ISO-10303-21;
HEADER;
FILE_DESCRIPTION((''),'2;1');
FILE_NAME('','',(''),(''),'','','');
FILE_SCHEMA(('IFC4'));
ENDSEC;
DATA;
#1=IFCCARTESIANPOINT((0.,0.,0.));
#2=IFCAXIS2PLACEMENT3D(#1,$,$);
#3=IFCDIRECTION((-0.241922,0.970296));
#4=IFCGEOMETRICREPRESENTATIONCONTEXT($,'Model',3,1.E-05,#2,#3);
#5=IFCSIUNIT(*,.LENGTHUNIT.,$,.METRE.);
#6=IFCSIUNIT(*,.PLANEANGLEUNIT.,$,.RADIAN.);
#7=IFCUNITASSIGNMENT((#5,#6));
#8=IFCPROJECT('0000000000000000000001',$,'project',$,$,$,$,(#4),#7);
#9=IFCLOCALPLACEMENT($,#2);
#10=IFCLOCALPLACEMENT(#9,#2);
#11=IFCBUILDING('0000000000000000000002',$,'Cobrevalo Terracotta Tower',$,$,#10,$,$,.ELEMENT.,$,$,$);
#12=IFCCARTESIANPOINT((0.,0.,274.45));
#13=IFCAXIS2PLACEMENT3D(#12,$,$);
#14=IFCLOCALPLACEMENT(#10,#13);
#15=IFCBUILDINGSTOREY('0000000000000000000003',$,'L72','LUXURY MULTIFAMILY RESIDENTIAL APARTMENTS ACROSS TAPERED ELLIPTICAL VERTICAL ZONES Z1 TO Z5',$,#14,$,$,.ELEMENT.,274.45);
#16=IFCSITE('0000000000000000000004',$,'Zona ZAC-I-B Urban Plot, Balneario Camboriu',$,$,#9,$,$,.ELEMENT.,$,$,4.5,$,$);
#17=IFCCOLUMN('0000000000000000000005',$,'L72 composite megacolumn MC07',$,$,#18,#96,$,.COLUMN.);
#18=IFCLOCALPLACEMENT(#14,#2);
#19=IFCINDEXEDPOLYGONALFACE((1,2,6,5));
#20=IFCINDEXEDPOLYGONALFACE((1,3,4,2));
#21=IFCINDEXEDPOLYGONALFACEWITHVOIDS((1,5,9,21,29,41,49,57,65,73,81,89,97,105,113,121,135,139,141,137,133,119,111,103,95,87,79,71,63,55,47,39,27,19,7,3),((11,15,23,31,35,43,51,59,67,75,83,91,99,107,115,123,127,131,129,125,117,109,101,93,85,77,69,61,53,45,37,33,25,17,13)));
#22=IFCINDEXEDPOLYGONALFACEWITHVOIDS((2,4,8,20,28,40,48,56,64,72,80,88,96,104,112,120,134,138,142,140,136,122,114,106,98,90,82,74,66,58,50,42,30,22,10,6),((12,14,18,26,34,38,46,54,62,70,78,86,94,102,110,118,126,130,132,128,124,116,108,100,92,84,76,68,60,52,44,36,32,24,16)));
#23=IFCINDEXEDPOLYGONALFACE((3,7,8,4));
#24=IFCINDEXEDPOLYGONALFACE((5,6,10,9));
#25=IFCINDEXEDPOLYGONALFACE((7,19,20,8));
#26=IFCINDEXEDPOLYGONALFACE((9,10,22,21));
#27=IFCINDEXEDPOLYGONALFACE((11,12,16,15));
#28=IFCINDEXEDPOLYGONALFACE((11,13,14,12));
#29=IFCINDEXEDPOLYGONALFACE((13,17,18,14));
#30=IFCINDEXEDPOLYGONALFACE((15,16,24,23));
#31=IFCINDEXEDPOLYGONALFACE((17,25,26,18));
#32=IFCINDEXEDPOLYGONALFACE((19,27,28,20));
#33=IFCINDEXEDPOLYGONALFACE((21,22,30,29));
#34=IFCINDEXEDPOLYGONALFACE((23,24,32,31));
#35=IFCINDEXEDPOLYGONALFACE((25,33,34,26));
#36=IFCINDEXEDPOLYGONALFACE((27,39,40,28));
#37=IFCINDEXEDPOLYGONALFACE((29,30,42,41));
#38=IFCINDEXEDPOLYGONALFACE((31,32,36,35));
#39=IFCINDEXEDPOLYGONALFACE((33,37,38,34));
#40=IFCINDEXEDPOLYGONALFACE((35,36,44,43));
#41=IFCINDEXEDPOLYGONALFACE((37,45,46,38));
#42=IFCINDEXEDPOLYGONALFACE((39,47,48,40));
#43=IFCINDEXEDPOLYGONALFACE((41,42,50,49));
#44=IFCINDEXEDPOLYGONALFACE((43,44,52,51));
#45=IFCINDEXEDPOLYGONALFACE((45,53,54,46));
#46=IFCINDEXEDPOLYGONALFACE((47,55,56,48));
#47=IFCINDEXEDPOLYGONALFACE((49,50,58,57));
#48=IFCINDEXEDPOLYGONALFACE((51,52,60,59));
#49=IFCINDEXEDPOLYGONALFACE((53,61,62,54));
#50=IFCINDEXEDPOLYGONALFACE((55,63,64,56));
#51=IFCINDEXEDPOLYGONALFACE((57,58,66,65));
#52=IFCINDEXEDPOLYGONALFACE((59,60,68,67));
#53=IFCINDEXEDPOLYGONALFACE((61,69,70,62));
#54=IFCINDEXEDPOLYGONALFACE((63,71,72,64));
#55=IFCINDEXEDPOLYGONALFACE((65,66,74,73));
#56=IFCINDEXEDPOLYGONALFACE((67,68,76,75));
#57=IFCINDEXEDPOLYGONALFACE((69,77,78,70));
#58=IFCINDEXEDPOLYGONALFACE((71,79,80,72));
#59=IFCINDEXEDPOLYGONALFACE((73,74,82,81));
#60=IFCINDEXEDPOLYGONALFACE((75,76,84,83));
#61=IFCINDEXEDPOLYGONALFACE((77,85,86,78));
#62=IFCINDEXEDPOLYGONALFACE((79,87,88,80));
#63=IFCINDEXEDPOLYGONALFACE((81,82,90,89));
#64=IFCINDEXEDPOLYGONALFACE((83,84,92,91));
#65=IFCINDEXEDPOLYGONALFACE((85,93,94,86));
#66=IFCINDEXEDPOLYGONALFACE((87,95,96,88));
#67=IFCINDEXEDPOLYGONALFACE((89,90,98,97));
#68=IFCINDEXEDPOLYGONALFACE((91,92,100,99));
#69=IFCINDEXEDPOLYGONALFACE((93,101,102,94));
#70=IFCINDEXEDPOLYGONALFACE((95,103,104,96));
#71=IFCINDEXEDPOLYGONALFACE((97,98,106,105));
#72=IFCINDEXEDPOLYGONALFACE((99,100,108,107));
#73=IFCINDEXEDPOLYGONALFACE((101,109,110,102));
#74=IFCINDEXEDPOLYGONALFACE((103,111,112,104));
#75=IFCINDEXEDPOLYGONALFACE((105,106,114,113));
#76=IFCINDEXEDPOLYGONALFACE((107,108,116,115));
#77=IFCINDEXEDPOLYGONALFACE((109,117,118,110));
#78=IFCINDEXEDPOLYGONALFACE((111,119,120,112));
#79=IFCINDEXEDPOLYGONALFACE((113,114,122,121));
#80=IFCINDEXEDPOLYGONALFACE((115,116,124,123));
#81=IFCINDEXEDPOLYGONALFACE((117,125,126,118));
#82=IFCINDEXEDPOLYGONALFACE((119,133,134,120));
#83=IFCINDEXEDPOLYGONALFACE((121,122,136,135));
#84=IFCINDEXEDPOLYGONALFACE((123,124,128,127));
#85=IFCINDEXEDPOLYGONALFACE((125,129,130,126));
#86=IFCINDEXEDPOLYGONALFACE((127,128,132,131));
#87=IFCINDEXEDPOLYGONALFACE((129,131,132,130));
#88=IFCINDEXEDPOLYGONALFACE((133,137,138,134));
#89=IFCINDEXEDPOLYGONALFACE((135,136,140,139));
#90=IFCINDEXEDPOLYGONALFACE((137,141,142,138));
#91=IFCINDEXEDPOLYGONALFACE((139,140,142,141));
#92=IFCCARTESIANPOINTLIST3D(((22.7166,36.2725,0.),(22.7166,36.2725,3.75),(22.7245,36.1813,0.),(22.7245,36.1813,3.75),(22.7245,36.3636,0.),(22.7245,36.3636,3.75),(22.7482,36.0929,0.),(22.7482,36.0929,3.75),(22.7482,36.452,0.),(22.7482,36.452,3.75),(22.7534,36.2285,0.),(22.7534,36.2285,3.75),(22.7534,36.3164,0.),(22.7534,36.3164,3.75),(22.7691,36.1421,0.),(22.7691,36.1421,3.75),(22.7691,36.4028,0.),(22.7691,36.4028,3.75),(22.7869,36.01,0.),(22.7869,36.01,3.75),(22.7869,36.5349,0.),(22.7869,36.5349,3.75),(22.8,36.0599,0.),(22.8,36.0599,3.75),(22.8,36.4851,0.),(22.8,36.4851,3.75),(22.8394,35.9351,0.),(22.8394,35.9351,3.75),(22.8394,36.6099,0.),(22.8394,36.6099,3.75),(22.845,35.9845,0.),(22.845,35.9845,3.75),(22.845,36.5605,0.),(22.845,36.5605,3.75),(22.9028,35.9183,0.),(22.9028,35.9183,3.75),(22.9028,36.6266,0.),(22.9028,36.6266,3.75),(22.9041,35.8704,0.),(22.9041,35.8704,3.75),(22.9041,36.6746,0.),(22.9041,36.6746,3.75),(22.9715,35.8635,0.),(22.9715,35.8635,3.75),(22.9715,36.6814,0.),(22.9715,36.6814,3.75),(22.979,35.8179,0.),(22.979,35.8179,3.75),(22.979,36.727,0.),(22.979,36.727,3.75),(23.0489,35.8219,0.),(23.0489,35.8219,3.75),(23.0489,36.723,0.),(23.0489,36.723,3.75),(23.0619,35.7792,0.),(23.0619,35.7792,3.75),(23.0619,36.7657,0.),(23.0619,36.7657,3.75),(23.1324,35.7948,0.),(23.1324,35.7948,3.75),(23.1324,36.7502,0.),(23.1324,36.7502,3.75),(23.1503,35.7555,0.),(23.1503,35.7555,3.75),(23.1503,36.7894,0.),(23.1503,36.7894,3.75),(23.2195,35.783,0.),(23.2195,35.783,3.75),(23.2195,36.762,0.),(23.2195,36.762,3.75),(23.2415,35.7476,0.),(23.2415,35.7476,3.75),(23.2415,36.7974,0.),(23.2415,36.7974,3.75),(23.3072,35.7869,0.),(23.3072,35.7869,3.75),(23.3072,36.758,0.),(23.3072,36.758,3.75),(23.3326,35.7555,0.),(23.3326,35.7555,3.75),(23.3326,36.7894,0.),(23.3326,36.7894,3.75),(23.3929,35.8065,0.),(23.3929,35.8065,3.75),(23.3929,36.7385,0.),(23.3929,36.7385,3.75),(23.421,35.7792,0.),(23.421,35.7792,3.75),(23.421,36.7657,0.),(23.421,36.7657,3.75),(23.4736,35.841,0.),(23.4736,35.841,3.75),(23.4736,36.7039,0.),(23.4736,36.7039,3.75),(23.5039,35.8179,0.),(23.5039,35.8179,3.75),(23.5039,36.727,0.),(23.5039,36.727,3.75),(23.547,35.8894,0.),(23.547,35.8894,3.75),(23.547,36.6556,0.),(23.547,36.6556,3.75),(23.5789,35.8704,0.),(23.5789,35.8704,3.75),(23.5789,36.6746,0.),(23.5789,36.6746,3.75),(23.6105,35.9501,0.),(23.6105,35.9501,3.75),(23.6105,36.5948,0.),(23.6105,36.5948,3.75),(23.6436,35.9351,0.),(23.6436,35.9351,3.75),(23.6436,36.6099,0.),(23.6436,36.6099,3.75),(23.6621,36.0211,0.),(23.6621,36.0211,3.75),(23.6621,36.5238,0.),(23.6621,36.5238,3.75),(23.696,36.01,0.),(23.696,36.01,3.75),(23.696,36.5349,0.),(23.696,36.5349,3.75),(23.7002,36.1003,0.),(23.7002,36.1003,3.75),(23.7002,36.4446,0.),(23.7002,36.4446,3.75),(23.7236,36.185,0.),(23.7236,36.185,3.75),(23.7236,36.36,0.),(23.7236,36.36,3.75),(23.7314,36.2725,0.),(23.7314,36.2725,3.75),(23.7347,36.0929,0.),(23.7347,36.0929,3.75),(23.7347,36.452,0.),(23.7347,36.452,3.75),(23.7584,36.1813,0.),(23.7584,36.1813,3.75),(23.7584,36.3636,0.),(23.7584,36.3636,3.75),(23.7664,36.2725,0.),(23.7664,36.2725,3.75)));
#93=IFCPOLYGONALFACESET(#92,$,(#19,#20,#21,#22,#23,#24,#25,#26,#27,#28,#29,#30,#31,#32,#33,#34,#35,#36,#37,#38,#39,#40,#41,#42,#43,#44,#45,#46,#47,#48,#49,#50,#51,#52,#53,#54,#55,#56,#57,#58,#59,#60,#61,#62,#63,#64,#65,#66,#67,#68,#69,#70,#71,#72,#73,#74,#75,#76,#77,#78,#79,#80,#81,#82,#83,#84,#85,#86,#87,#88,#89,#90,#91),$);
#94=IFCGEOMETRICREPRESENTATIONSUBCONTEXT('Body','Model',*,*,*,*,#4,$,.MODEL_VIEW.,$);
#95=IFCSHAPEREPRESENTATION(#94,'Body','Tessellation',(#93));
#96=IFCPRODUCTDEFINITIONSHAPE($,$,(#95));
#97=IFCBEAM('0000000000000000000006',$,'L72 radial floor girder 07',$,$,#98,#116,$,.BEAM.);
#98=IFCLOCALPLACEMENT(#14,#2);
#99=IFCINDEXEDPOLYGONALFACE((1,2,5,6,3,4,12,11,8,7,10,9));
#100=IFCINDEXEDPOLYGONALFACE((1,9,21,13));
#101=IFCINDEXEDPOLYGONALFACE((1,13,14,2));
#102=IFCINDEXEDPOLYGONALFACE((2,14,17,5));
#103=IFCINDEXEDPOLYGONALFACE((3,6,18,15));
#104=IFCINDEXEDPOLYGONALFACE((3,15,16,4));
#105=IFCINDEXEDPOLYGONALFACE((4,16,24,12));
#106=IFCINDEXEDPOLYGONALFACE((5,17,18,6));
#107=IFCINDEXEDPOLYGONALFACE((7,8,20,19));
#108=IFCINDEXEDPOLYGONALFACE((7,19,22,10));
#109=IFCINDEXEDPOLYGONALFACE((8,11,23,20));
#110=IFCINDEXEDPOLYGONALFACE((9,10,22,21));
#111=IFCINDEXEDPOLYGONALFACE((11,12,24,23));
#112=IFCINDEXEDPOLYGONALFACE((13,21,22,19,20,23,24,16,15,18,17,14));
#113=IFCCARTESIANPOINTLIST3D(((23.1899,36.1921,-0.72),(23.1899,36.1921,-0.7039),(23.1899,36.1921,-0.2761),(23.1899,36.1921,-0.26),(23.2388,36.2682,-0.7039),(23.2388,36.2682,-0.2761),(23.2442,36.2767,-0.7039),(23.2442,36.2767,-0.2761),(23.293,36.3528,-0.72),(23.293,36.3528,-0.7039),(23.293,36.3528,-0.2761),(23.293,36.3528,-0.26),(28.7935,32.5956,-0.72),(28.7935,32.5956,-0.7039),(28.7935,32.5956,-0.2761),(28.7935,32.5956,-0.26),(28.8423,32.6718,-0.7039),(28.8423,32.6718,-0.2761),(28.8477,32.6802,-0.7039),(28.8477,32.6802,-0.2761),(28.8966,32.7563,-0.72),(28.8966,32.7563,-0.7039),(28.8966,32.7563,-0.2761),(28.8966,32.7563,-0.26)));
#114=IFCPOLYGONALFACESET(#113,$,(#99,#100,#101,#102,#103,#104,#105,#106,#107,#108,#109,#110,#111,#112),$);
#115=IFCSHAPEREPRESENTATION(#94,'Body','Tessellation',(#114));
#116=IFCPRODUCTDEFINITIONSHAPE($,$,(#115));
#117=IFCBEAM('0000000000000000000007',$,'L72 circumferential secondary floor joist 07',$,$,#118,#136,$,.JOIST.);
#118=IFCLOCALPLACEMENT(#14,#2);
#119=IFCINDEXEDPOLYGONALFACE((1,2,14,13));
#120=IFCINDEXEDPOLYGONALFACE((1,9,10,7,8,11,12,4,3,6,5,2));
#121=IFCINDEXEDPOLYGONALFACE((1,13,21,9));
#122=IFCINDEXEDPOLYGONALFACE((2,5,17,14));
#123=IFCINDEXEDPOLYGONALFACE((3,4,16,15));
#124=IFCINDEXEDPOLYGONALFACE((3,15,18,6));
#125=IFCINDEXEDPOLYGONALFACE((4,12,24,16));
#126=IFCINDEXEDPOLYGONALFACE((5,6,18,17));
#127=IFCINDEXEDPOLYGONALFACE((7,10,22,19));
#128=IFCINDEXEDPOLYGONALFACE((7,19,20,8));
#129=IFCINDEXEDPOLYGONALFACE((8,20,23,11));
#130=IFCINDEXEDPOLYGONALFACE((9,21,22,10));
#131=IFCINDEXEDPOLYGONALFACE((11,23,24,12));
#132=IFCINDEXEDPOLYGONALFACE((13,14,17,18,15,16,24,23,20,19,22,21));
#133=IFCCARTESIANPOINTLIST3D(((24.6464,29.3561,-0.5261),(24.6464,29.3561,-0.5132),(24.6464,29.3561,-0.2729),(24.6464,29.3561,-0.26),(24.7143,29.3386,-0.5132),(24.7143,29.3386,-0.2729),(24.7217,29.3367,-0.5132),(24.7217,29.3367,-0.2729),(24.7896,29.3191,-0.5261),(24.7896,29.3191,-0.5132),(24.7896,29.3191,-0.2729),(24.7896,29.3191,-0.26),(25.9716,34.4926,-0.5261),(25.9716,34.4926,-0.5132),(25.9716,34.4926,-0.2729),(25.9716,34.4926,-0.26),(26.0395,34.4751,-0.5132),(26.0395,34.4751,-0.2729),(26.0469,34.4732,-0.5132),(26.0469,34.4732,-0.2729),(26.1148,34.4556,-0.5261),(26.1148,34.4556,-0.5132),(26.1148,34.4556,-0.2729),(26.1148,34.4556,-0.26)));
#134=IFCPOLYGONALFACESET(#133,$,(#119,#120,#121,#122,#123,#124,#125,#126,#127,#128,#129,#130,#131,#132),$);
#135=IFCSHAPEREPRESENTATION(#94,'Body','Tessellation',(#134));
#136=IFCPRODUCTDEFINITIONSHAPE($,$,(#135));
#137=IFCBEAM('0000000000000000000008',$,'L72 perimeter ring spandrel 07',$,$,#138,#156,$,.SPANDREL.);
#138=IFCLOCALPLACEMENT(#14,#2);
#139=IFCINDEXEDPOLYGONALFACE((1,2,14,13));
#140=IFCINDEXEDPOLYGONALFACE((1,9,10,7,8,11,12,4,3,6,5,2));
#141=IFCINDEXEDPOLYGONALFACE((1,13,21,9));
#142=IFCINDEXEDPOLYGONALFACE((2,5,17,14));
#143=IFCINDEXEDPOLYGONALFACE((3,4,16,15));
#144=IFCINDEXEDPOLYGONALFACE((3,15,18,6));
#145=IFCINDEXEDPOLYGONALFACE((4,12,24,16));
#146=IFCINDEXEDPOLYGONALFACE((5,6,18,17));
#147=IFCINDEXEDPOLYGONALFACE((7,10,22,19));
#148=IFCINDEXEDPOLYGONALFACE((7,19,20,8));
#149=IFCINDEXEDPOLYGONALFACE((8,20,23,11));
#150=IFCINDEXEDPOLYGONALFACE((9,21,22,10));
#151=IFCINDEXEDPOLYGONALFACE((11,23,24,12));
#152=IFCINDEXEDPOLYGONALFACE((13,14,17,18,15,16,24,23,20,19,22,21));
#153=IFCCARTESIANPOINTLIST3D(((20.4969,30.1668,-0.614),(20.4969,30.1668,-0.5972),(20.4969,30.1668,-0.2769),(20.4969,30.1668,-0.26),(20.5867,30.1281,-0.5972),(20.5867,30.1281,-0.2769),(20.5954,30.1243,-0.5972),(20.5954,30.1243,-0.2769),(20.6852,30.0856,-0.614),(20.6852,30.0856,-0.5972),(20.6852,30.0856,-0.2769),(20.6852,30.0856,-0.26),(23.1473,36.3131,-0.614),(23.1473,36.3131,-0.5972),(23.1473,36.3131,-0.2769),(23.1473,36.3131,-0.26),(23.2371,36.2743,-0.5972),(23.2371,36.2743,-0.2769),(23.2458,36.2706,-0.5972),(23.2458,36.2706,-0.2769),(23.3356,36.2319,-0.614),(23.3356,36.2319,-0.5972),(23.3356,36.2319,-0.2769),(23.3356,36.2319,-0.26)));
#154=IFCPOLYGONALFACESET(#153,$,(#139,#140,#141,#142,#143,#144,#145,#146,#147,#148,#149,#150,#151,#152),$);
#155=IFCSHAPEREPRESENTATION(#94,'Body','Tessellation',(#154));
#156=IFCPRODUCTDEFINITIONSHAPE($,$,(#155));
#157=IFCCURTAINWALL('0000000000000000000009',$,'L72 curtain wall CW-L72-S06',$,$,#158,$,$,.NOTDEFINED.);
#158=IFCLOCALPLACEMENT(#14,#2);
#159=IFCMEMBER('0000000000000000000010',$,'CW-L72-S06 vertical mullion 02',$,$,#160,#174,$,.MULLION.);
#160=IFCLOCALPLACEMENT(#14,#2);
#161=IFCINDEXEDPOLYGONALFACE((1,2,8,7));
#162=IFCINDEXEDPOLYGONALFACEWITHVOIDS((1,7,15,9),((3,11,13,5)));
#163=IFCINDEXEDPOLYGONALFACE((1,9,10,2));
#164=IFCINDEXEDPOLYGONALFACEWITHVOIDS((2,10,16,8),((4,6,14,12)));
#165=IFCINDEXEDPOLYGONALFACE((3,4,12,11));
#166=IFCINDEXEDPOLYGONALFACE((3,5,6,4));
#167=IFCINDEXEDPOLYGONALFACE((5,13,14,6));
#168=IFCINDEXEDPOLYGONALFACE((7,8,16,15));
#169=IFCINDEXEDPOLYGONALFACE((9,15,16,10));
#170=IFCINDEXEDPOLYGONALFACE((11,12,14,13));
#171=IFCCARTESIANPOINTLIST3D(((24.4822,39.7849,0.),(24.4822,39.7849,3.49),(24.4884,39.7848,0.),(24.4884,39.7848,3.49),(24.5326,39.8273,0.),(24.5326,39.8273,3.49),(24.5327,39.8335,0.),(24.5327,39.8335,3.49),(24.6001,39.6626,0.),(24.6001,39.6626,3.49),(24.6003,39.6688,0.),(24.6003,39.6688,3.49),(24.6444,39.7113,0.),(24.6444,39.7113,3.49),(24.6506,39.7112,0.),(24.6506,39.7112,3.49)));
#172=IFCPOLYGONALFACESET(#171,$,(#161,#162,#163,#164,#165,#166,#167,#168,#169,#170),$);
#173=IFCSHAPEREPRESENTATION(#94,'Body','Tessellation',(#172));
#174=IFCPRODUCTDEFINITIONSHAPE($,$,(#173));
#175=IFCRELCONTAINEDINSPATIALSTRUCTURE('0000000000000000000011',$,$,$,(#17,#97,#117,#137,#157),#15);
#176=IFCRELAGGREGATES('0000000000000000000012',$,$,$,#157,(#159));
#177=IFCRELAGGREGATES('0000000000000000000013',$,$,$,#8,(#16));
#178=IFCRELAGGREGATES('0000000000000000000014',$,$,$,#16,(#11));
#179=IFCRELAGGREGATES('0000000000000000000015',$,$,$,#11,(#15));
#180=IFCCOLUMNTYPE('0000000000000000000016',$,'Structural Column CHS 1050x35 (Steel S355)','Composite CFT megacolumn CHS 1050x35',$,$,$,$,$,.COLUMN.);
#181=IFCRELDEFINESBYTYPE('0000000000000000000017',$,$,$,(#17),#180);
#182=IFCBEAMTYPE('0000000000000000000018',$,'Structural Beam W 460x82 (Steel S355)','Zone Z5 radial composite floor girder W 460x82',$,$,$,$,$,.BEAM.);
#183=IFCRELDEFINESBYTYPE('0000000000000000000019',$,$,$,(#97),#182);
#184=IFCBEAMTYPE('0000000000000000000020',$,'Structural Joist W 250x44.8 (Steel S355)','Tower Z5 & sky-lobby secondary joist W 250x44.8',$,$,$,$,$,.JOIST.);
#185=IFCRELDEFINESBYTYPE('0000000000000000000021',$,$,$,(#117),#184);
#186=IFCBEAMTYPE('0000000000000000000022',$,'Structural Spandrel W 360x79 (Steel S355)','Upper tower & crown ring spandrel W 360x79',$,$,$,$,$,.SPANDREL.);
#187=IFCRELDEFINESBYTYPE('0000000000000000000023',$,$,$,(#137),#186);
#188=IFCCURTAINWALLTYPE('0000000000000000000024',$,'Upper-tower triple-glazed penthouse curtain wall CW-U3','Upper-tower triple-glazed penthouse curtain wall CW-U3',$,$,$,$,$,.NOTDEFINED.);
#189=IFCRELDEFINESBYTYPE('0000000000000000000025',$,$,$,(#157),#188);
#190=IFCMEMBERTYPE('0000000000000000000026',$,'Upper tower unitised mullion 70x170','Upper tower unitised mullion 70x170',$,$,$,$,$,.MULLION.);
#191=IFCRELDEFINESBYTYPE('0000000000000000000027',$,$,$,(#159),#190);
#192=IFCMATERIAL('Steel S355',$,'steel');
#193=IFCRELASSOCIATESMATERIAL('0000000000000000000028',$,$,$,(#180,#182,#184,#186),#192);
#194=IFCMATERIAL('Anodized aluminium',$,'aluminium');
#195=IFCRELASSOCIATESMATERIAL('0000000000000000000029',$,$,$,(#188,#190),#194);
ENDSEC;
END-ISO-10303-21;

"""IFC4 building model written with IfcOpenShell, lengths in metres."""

from ifc_helpers import new_model, si_unit, direction, frame, origin, origin_2d, place, context, subcontext, project, spatial, hollow_rectangle, hollow_circle, i_section, extrude, source, transform, mapped, material, material_profile, profile_set, type_object, element, aggregate, save


model = new_model("IFC4")

# Units and contexts
model_context = context("Model", 3, precision=1e-05, world=origin(), true_north=direction((-0.241922, 0.970296)))
body_context = subcontext(model_context, "Body", "Model", "MODEL_VIEW")
ifc_project = project(units=[si_unit("LENGTHUNIT", "METRE"), si_unit("PLANEANGLEUNIT", "RADIAN")], contexts=[model_context])

# Site, building, storey
site_placement = place(None, origin())
site = spatial("IfcSite", under=ifc_project, at=site_placement, Name="Zona ZAC-I-B Urban Plot, Balneario Camboriu", CompositionType="ELEMENT", RefElevation=4.5)
building_placement = place(site_placement, origin())
building = spatial("IfcBuilding", under=site, at=building_placement, Name="Cobrevalo Terracotta Tower", CompositionType="ELEMENT")
storey_placement = place(building_placement, frame((0.0, 0.0, 274.45)))
storey = spatial("IfcBuildingStorey", under=building, at=storey_placement, Name="L72", Description="LUXURY MULTIFAMILY RESIDENTIAL APARTMENTS ACROSS TAPERED ELLIPTICAL VERTICAL ZONES Z1 TO Z5", CompositionType="ELEMENT", Elevation=274.45)

# Column
ifc_material_1 = material(Name="Steel S355", Category="steel")
ifc_material_profile_1 = material_profile(ifc_material_1, hollow_circle(Radius=0.5249, WallThickness=0.0349, at=origin_2d()), Name="CHS 1050x35")
ifc_profile_set_1 = profile_set([ifc_material_profile_1], Name="Steel S355")
column_type = type_object("IfcColumnType", Name="Structural Column CHS 1050x35 (Steel S355)", Description="Composite CFT megacolumn CHS 1050x35", PredefinedType="COLUMN", material=ifc_profile_set_1)
column_placement = place(storey_placement, frame((23.2415, 36.2725, 0.0), z_axis=(0.0, 0.0, 1.0), x_axis=(1.0, 0.0, 0.0)))
element("IfcColumn", 1, at=column_placement, inside=storey, type_object=column_type, Name="L72 composite megacolumn MC07", PredefinedType="COLUMN", context=body_context, shape_type="SweptSolid", body=[
    extrude(hollow_circle(Radius=0.5249, WallThickness=0.0349, at=origin_2d()), origin(), (0.0, 0.0, 1.0), 3.75),
])

# Beams
ifc_material_profile_2 = material_profile(ifc_material_1, i_section(OverallWidth=0.1909, OverallDepth=0.46, WebThickness=0.01, FlangeThickness=0.0161, at=origin_2d()), Name="W 460x82")
ifc_profile_set_2 = profile_set([ifc_material_profile_2], Name="Steel S355")
beam_type_1 = type_object("IfcBeamType", Name="Structural Beam W 460x82 (Steel S355)", Description="Zone Z5 radial composite floor girder W 460x82", PredefinedType="BEAM", material=ifc_profile_set_2)
beam_1_placement = place(storey_placement, frame((23.2415, 36.2725, -0.49), z_axis=(0.841576, -0.540138, 0.0), x_axis=(0.540138, 0.841576, 0.0)))
element("IfcBeam", 2, at=beam_1_placement, inside=storey, type_object=beam_type_1, Name="L72 radial floor girder 07", PredefinedType="BEAM", context=body_context, shape_type="SweptSolid", body=[
    extrude(i_section(OverallWidth=0.1909, OverallDepth=0.46, WebThickness=0.01, FlangeThickness=0.0161, at=origin_2d()), origin(), (0.0, 0.0, 1.0), 6.6584),
])
ifc_material_profile_3 = material_profile(ifc_material_1, i_section(OverallWidth=0.1479, OverallDepth=0.2661, WebThickness=0.0076, FlangeThickness=0.0129, at=origin_2d()), Name="W 250x44.8")
ifc_profile_set_3 = profile_set([ifc_material_profile_3], Name="Steel S355")
beam_type_2 = type_object("IfcBeamType", Name="Structural Joist W 250x44.8 (Steel S355)", Description="Tower Z5 & sky-lobby secondary joist W 250x44.8", PredefinedType="JOIST", material=ifc_profile_set_3)
beam_2_placement = place(storey_placement, frame((26.0432, 34.4741, -0.3931), z_axis=(-0.249817, -0.968293, 0.0), x_axis=(0.968293, -0.249817, 0.0)))
element("IfcBeam", 3, at=beam_2_placement, inside=storey, type_object=beam_type_2, Name="L72 circumferential secondary floor joist 07", PredefinedType="JOIST", context=body_context, shape_type="SweptSolid", body=[
    extrude(i_section(OverallWidth=0.1479, OverallDepth=0.2661, WebThickness=0.0076, FlangeThickness=0.0129, at=origin_2d()), origin(), (0.0, 0.0, 1.0), 5.3047),
])
ifc_material_profile_4 = material_profile(ifc_material_1, i_section(OverallWidth=0.2051, OverallDepth=0.354, WebThickness=0.0095, FlangeThickness=0.0168, at=origin_2d()), Name="W 360x79")
ifc_profile_set_4 = profile_set([ifc_material_profile_4], Name="Steel S355")
beam_type_3 = type_object("IfcBeamType", Name="Structural Spandrel W 360x79 (Steel S355)", Description="Upper tower & crown ring spandrel W 360x79", PredefinedType="SPANDREL", material=ifc_profile_set_4)
beam_3_placement = place(storey_placement, frame((23.2415, 36.2725, -0.437), z_axis=(-0.395974, -0.918262, 0.0), x_axis=(0.918262, -0.395974, 0.0)))
element("IfcBeam", 4, at=beam_3_placement, inside=storey, type_object=beam_type_3, Name="L72 perimeter ring spandrel 07", PredefinedType="SPANDREL", context=body_context, shape_type="SweptSolid", body=[
    extrude(i_section(OverallWidth=0.2051, OverallDepth=0.354, WebThickness=0.0095, FlangeThickness=0.0168, at=origin_2d()), origin(), (0.0, 0.0, 1.0), 6.6934),
])

# Curtain wall, member
ifc_material_2 = material(Name="Anodized aluminium", Category="aluminium")
curtain_wall_type = type_object("IfcCurtainWallType", Name="Upper-tower triple-glazed penthouse curtain wall CW-U3", Description="Upper-tower triple-glazed penthouse curtain wall CW-U3", PredefinedType="NOTDEFINED", material=ifc_material_2)
curtain_wall_placement = place(storey_placement, origin())
curtain_wall = element("IfcCurtainWall", 5, at=curtain_wall_placement, inside=storey, type_object=curtain_wall_type, Name="L72 curtain wall CW-L72-S06", PredefinedType="NOTDEFINED")
ifc_material_profile_5 = material_profile(ifc_material_2, hollow_rectangle(XDim=0.0701, YDim=0.1699, WallThickness=0.0044, at=origin_2d()), Name="CWM 70x170")
ifc_profile_set_5 = profile_set([ifc_material_profile_5], Name="Anodized aluminium")
member_type_1 = type_object("IfcMemberType", Name="Upper tower unitised mullion 70x170", Description="Upper tower unitised mullion 70x170", PredefinedType="MULLION", material=ifc_profile_set_5)
shared_shape_1 = source(origin(), body_context, "Body", "SweptSolid", [
    extrude(hollow_rectangle(XDim=0.0701, YDim=0.1699, WallThickness=0.0044, at=origin_2d()), origin(), (0.0, 0.0, 1.0), 3.49),
])
member_1_placement = place(storey_placement, frame((24.5664, 39.748, 0.0), z_axis=(0.0, 0.0, 1.0), x_axis=(-0.719994, -0.69398, 0.0)))
member_1 = element("IfcMember", 6, at=member_1_placement, type_object=member_type_1, Name="CW-L72-S06 vertical mullion 02", PredefinedType="MULLION", context=body_context, shape_type="MappedRepresentation", body=[
    mapped(shared_shape_1, transform((0.0, 0.0, 0.0), scale=1.0)),
])
aggregate(curtain_wall, [member_1])

save(model, "model.ifc")
